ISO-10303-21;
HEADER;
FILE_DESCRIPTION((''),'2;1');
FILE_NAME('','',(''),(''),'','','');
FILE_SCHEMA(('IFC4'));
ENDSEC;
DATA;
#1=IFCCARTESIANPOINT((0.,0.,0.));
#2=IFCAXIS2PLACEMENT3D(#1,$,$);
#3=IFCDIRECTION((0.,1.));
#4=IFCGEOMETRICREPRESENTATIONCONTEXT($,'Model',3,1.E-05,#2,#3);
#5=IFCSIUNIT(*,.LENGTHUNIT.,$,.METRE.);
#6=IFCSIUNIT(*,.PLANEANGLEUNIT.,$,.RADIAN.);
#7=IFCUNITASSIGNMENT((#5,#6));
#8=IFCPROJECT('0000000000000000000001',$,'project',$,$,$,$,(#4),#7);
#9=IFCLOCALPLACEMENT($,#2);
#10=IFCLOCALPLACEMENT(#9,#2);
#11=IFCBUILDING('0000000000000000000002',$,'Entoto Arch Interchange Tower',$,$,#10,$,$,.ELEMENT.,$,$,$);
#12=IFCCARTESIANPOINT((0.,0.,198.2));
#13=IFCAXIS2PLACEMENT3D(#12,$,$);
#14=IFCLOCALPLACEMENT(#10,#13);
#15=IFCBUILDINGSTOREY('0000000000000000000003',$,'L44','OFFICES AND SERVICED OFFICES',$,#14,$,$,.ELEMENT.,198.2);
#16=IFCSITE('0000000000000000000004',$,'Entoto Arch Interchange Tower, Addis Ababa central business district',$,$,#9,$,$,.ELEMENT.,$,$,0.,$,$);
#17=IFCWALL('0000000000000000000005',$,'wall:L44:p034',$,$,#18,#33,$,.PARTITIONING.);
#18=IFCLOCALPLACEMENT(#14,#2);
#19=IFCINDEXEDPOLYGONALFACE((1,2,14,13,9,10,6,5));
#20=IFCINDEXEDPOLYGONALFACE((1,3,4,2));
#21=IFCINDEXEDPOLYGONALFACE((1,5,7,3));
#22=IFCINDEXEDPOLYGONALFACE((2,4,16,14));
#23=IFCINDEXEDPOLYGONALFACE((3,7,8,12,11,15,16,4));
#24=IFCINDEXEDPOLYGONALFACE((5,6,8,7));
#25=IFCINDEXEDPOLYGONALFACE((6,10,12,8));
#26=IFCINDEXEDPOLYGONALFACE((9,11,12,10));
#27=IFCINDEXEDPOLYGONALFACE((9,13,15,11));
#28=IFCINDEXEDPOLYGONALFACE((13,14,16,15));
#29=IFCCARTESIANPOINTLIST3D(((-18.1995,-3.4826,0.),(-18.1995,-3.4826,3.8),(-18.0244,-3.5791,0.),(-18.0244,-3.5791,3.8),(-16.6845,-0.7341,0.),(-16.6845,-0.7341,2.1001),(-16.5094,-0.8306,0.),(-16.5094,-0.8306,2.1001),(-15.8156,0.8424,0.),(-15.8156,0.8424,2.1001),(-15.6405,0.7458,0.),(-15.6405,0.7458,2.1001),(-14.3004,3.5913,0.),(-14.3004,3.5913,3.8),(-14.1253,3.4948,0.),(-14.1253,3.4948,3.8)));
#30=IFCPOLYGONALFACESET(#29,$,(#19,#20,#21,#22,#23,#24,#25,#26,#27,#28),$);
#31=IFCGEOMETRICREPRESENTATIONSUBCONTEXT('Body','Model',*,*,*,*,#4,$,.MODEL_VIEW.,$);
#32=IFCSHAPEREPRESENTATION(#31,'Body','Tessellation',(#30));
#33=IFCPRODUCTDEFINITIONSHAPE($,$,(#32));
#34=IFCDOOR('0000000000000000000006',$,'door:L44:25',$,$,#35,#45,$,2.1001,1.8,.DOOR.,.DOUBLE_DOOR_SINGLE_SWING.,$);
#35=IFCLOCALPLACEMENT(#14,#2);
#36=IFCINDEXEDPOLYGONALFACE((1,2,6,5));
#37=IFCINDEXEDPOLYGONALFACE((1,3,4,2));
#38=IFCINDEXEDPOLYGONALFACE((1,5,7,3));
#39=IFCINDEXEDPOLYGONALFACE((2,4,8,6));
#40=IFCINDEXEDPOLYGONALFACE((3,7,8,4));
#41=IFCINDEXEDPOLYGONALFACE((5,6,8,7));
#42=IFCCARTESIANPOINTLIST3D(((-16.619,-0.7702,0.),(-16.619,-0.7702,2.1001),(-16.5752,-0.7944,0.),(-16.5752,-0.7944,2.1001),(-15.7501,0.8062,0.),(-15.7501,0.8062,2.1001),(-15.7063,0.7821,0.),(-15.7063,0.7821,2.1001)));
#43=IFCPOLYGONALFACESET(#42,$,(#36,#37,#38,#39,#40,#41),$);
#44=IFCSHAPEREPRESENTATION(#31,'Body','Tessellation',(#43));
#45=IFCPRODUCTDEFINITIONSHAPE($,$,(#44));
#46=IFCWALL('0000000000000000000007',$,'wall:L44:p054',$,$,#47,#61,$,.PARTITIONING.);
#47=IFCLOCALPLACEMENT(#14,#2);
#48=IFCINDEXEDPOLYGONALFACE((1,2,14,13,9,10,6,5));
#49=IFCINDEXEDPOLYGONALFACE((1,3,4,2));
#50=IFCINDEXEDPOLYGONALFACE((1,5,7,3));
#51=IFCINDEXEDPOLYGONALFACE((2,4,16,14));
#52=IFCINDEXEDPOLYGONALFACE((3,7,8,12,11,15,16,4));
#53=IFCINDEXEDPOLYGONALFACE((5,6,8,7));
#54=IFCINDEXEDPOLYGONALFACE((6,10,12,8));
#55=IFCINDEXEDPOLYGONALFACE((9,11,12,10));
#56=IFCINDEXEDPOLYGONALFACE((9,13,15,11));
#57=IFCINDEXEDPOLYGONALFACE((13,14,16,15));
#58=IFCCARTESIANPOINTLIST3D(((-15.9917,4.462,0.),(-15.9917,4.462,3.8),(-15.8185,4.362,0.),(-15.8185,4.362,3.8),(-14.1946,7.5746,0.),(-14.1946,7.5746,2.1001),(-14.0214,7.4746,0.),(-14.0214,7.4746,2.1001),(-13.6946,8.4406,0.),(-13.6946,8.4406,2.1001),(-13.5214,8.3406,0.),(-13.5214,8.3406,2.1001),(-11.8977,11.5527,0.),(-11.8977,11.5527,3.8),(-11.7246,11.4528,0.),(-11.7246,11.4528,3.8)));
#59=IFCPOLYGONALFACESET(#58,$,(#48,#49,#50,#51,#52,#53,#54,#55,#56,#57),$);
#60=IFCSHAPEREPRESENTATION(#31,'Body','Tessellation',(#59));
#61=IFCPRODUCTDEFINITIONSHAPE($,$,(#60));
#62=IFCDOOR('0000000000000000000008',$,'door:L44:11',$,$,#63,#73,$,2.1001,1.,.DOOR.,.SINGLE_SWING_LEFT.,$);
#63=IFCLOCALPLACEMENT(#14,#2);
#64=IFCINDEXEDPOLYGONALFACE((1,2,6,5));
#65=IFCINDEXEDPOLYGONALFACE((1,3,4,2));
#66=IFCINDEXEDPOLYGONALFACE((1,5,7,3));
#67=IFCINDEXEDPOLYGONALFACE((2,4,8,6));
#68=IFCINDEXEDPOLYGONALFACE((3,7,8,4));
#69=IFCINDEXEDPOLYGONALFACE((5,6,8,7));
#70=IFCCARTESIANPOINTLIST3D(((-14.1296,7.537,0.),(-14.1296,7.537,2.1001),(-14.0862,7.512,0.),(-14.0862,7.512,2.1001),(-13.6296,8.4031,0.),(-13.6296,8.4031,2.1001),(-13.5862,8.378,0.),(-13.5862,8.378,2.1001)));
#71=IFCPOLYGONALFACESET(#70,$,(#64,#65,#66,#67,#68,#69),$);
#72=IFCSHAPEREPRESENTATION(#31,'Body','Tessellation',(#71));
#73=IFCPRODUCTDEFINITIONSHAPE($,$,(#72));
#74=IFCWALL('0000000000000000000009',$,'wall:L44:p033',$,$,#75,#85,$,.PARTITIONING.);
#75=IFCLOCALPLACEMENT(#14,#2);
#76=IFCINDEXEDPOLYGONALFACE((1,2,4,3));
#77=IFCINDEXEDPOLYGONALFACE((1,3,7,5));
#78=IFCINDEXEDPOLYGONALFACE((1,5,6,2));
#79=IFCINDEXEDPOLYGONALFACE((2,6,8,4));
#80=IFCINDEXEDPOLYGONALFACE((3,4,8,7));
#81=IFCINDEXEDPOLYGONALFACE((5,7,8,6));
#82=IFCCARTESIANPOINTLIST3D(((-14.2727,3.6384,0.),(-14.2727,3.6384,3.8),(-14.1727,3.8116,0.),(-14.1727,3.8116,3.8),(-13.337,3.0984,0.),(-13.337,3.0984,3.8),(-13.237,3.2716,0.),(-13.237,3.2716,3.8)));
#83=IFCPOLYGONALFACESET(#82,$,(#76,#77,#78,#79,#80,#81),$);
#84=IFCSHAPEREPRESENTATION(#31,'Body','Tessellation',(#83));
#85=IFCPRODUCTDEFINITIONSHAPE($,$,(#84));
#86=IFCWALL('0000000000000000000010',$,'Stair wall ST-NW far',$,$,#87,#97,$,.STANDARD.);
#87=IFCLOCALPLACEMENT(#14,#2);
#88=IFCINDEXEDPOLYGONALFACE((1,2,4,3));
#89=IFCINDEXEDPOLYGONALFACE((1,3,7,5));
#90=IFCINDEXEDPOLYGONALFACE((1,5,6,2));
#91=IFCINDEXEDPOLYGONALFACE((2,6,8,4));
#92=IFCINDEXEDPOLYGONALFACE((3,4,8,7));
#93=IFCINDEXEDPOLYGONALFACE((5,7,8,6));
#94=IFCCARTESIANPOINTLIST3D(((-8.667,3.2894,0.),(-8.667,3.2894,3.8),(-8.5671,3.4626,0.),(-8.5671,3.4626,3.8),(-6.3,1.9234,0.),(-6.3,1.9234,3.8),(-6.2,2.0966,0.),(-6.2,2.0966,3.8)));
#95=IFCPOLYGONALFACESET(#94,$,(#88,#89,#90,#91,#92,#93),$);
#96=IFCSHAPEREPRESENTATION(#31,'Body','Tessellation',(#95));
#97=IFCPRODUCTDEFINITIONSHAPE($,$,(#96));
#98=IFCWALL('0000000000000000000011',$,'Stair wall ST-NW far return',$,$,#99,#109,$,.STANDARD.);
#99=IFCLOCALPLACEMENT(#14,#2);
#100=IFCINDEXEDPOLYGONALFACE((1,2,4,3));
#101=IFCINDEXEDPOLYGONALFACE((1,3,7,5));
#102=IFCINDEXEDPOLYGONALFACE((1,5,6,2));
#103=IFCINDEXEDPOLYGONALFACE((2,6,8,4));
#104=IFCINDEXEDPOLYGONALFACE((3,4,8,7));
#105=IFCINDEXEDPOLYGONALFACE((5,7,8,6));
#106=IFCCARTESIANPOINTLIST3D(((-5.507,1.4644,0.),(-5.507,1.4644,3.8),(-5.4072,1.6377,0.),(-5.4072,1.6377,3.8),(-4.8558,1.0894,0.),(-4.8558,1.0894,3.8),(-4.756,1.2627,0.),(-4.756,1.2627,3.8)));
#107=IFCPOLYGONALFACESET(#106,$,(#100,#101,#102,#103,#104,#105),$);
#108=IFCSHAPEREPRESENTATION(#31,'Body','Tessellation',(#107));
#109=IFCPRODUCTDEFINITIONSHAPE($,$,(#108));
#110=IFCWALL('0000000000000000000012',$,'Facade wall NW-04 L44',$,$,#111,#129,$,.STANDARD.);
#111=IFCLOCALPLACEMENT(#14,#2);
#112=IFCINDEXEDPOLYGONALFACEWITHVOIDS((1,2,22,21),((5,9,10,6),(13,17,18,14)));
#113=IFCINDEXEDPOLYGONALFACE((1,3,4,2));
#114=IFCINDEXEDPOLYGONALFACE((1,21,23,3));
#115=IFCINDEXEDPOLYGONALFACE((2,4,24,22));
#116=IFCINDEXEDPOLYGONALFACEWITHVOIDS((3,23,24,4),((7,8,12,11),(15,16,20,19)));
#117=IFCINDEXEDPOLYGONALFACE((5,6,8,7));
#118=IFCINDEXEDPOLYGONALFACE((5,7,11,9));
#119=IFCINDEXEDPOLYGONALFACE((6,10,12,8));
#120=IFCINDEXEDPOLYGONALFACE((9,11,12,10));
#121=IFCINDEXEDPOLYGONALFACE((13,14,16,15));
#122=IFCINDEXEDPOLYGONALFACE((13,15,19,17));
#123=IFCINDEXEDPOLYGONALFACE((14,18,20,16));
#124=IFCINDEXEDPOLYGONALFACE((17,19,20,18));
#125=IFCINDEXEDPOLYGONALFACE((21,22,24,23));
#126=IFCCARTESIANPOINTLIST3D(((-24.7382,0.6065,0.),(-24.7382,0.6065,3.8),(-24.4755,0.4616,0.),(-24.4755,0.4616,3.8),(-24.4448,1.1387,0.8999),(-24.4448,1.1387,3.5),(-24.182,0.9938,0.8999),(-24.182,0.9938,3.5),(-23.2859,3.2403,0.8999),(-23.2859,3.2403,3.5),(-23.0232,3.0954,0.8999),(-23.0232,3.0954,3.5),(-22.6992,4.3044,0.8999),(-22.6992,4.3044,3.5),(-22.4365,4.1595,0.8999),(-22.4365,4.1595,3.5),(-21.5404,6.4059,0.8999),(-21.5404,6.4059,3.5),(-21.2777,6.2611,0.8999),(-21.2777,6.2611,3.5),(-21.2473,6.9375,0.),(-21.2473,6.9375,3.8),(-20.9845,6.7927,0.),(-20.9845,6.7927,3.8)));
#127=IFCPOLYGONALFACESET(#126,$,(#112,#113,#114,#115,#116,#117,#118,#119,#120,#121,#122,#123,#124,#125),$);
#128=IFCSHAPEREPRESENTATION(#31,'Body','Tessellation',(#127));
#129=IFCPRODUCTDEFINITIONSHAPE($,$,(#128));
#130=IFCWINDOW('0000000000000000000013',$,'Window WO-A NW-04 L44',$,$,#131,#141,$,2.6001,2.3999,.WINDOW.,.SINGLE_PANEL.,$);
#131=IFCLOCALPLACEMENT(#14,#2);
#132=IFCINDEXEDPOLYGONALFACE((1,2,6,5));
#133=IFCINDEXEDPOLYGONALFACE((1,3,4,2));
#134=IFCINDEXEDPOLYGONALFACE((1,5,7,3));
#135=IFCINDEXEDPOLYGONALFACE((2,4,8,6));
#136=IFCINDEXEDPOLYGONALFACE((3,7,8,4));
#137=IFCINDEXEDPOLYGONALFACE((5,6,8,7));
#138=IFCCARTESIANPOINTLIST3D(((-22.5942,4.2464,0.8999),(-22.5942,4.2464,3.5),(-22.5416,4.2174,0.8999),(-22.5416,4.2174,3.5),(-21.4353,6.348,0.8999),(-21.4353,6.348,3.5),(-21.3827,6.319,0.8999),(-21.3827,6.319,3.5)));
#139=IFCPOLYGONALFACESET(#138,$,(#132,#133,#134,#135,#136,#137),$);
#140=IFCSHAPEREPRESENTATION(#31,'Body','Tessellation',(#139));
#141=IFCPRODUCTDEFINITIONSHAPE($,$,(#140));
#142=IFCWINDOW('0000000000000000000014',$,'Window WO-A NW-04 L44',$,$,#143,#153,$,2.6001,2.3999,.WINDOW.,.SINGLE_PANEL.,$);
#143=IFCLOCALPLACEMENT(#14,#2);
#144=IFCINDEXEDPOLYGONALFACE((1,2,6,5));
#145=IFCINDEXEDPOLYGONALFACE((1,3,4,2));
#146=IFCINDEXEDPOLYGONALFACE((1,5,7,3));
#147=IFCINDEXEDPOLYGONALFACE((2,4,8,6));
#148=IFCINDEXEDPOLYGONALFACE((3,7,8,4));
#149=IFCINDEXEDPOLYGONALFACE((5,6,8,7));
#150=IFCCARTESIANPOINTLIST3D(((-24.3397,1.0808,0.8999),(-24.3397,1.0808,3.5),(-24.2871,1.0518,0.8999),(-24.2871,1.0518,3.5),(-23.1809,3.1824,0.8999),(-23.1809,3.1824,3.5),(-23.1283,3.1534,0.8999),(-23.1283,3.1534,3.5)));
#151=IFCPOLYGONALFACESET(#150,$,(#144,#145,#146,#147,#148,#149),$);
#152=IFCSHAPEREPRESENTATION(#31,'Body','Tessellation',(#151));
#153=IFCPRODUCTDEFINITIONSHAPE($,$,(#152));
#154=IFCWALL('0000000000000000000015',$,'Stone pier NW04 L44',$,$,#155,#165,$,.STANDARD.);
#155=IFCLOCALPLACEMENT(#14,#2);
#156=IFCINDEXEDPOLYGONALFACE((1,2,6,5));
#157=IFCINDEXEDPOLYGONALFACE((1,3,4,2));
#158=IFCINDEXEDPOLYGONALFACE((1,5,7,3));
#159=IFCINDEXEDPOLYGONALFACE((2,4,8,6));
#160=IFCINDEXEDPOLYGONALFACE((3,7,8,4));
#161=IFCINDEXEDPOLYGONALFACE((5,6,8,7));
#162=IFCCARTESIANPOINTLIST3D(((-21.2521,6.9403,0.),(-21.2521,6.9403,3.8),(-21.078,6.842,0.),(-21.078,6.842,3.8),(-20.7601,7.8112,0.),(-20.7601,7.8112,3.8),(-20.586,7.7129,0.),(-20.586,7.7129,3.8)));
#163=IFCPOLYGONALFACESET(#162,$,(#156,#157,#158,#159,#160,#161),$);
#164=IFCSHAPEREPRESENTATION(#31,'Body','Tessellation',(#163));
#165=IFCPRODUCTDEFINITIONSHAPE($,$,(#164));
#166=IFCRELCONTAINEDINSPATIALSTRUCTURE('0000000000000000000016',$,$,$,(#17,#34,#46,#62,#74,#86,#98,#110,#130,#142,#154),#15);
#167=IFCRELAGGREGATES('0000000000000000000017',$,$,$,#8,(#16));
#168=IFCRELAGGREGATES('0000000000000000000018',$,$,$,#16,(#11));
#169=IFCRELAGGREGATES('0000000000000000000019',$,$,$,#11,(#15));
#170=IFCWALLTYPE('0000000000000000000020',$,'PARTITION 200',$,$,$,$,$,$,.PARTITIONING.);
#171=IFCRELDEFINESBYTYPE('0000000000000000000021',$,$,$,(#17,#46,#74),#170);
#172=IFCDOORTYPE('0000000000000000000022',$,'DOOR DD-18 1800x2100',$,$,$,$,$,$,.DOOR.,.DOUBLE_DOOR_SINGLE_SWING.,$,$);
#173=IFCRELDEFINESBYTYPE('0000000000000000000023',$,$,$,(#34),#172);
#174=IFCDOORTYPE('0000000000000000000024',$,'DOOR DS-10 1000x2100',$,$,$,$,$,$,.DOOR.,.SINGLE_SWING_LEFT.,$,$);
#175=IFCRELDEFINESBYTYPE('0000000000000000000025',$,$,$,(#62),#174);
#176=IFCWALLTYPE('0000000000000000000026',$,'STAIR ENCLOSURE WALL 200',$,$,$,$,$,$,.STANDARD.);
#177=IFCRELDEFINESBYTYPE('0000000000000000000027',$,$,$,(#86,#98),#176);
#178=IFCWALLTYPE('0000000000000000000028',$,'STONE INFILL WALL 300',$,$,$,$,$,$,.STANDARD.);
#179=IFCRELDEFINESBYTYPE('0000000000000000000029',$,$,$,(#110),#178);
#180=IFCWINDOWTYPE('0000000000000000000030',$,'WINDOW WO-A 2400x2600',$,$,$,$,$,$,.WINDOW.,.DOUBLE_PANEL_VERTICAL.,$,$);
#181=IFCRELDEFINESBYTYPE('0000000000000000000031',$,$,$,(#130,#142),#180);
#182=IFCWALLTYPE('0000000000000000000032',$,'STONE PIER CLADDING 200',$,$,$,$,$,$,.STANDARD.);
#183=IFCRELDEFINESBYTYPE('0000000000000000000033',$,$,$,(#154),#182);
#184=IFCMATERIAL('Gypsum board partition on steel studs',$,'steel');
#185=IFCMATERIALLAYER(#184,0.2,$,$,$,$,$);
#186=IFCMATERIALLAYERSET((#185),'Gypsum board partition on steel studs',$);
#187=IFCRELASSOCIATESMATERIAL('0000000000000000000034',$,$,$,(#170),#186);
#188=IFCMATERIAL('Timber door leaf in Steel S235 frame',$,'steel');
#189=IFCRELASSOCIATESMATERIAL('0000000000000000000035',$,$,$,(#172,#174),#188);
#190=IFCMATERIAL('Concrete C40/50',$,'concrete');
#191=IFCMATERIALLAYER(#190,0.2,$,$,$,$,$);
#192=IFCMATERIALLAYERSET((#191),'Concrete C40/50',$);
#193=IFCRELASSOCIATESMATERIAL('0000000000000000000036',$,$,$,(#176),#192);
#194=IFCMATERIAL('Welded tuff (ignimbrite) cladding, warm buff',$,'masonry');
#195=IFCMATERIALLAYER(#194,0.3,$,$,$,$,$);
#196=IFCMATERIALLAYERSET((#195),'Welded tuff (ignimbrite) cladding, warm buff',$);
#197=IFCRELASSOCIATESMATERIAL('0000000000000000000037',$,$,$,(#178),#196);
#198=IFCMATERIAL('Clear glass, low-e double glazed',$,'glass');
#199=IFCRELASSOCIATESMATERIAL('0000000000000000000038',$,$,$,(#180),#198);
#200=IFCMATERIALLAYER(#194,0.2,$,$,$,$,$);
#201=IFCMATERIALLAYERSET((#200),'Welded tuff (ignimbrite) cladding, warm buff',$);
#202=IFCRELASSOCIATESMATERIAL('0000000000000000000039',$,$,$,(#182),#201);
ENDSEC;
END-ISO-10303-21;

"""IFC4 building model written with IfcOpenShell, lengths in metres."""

from ifc_helpers import new_model, si_unit, direction, frame, frame_2d, origin, place, context, subcontext, project, spatial, rectangle, extrude, material, layer, layer_set, type_object, element, fill, save


model = new_model("IFC4")

# Units and contexts
model_context = context("Model", 3, precision=1e-05, world=origin(), true_north=direction((0.0, 1.0)))
body_context = subcontext(model_context, "Body", "Model", "MODEL_VIEW")
ifc_project = project(units=[si_unit("LENGTHUNIT", "METRE"), si_unit("PLANEANGLEUNIT", "RADIAN")], contexts=[model_context])

# Site, building, storey
site_placement = place(None, origin())
site = spatial("IfcSite", under=ifc_project, at=site_placement, Name="Entoto Arch Interchange Tower, Addis Ababa central business district", CompositionType="ELEMENT", RefElevation=0.0)
building_placement = place(site_placement, origin())
building = spatial("IfcBuilding", under=site, at=building_placement, Name="Entoto Arch Interchange Tower", CompositionType="ELEMENT")
storey_placement = place(building_placement, frame((0.0, 0.0, 198.2)))
storey = spatial("IfcBuildingStorey", under=building, at=storey_placement, Name="L44", Description="OFFICES AND SERVICED OFFICES", CompositionType="ELEMENT", Elevation=198.2)

# Shared definitions
ifc_material_1 = material(Name="Concrete C40/50", Category="concrete")

# Shared definitions
ifc_material_2 = material(Name="Gypsum board partition on steel studs", Category="steel")
ifc_layer_1 = layer(ifc_material_2, 0.2)
ifc_layer_set_1 = layer_set([ifc_layer_1], Name="Gypsum board partition on steel studs")
wall_type_1 = type_object("IfcWallType", Name="PARTITION 200", PredefinedType="PARTITIONING", material=ifc_layer_set_1)

# Walls, openings, doors
wall_1_placement = place(storey_placement, frame((-14.2129, 3.543, 0.0), z_axis=(0.0, 0.0, 1.0), x_axis=(-0.482725, -0.875772, 0.0)))
wall_1 = element("IfcWall", 1, at=wall_1_placement, inside=storey, type_object=wall_type_1, Name="wall:L44:p034", PredefinedType="PARTITIONING", context=body_context, shape_type="SweptSolid", body=[
    extrude(rectangle(XDim=8.0774, YDim=0.2, at=frame_2d((4.0386, 0.0))), origin(), (0.0, 0.0, 1.0), 3.8),
])
opening_1_placement = place(wall_1_placement, frame((3.1389, 0.0, 0.0)))
opening_1 = element("IfcOpeningElement", 2, at=opening_1_placement, cuts=wall_1, PredefinedType="OPENING", context=body_context, shape_type="SweptSolid", body=[
    extrude(rectangle(XDim=1.8, YDim=2.1001, at=frame_2d((0.8999, 1.05))), frame((0.0, 0.1099, 0.0), z_axis=(0.0, -1.0, 0.0), x_axis=(1.0, 0.0, 0.0)), (0.0, 0.0, 1.0), 0.22),
])
ifc_material_3 = material(Name="Timber door leaf in Steel S235 frame", Category="steel")
door_type_1 = type_object("IfcDoorType", Name="DOOR DD-18 1800x2100", OperationType="DOUBLE_DOOR_SINGLE_SWING", PredefinedType="DOOR", material=ifc_material_3)
door_1_placement = place(opening_1_placement, origin())
door_1 = element("IfcDoor", 3, at=door_1_placement, inside=storey, type_object=door_type_1, Name="door:L44:25", OperationType="DOUBLE_DOOR_SINGLE_SWING", OverallHeight=2.1001, OverallWidth=1.8, PredefinedType="DOOR", context=body_context, shape_type="SweptSolid", body=[
    extrude(rectangle(XDim=1.8, YDim=2.1001, at=frame_2d((0.8999, 1.05))), frame((0.0, 0.0249, 0.0), z_axis=(0.0, -1.0, 0.0), x_axis=(1.0, 0.0, 0.0)), (0.0, 0.0, 1.0), 0.05),
])
fill(opening_1, door_1)
wall_2_placement = place(storey_placement, frame((-15.905, 4.4121, 0.0), z_axis=(0.0, 0.0, 1.0), x_axis=(0.50001, 0.86602, 0.0)))
wall_2 = element("IfcWall", 4, at=wall_2_placement, inside=storey, type_object=wall_type_1, Name="wall:L44:p054", PredefinedType="PARTITIONING", context=body_context, shape_type="SweptSolid", body=[
    extrude(rectangle(XDim=8.1877, YDim=0.2, at=frame_2d((4.0938, 0.0))), origin(), (0.0, 0.0, 1.0), 3.8),
])
opening_2_placement = place(wall_2_placement, frame((3.594, 0.0, 0.0)))
opening_2 = element("IfcOpeningElement", 5, at=opening_2_placement, cuts=wall_2, PredefinedType="OPENING", context=body_context, shape_type="SweptSolid", body=[
    extrude(rectangle(XDim=1.0, YDim=2.1001, at=frame_2d((0.5, 1.05))), frame((0.0, 0.1099, 0.0), z_axis=(0.0, -1.0, 0.0), x_axis=(1.0, 0.0, 0.0)), (0.0, 0.0, 1.0), 0.22),
])
door_type_2 = type_object("IfcDoorType", Name="DOOR DS-10 1000x2100", OperationType="SINGLE_SWING_LEFT", PredefinedType="DOOR", material=ifc_material_3)
door_2_placement = place(opening_2_placement, origin())
door_2 = element("IfcDoor", 6, at=door_2_placement, inside=storey, type_object=door_type_2, Name="door:L44:11", OperationType="SINGLE_SWING_LEFT", OverallHeight=2.1001, OverallWidth=1.0, PredefinedType="DOOR", context=body_context, shape_type="SweptSolid", body=[
    extrude(rectangle(XDim=1.0, YDim=2.1001, at=frame_2d((0.5, 1.05))), frame((0.0, 0.0249, 0.0), z_axis=(0.0, -1.0, 0.0), x_axis=(1.0, 0.0, 0.0)), (0.0, 0.0, 1.0), 0.05),
])
fill(opening_2, door_2)

# Walls
wall_3_placement = place(storey_placement, frame((-13.2871, 3.1851, 0.0), z_axis=(0.0, 0.0, 1.0), x_axis=(-0.866122, 0.499833, 0.0)))
element("IfcWall", 7, at=wall_3_placement, inside=storey, type_object=wall_type_1, Name="wall:L44:p033", PredefinedType="PARTITIONING", context=body_context, shape_type="SweptSolid", body=[
    extrude(rectangle(XDim=1.0803, YDim=0.2, at=frame_2d((0.54, 0.0))), origin(), (0.0, 0.0, 1.0), 3.8),
])
ifc_layer_2 = layer(ifc_material_1, 0.2)
ifc_layer_set_2 = layer_set([ifc_layer_2], Name="Concrete C40/50")
wall_type_2 = type_object("IfcWallType", Name="STAIR ENCLOSURE WALL 200", PredefinedType="STANDARD", material=ifc_layer_set_2)
wall_4_placement = place(storey_placement, frame((-6.25, 2.01, 0.0), z_axis=(0.0, 0.0, 1.0), x_axis=(-0.866119, 0.499838, 0.0)))
element("IfcWall", 8, at=wall_4_placement, inside=storey, type_object=wall_type_2, Name="Stair wall ST-NW far", PredefinedType="STANDARD", context=body_context, shape_type="SweptSolid", body=[
    extrude(rectangle(XDim=2.7329, YDim=0.2, at=frame_2d((1.3665, 0.0))), origin(), (0.0, 0.0, 1.0), 3.8),
])
wall_5_placement = place(storey_placement, frame((-4.8059, 1.176, 0.0), z_axis=(0.0, 0.0, 1.0), x_axis=(-0.866559, 0.499075, 0.0)))
element("IfcWall", 9, at=wall_5_placement, inside=storey, type_object=wall_type_2, Name="Stair wall ST-NW far return", PredefinedType="STANDARD", context=body_context, shape_type="SweptSolid", body=[
    extrude(rectangle(XDim=0.7515, YDim=0.2, at=frame_2d((0.3757, 0.0))), origin(), (0.0, 0.0, 1.0), 3.8),
])

# Wall, openings, windows
ifc_material_4 = material(Name="Welded tuff (ignimbrite) cladding, warm buff", Category="masonry")
ifc_layer_3 = layer(ifc_material_4, 0.3)
ifc_layer_set_3 = layer_set([ifc_layer_3], Name="Welded tuff (ignimbrite) cladding, warm buff")
wall_type_3 = type_object("IfcWallType", Name="STONE INFILL WALL 300", PredefinedType="STANDARD", material=ifc_layer_set_3)
wall_6_placement = place(storey_placement, frame((-21.116, 6.865, 0.0), z_axis=(0.0, 0.0, 1.0), x_axis=(-0.482862, -0.875696, 0.0)))
wall_6 = element("IfcWall", 10, at=wall_6_placement, inside=storey, type_object=wall_type_3, Name="Facade wall NW-04 L44", PredefinedType="STANDARD", context=body_context, shape_type="SweptSolid", body=[
    extrude(rectangle(XDim=7.2297, YDim=0.3, at=frame_2d((3.6147, 0.0))), origin(), (0.0, 0.0, 1.0), 3.8),
])
opening_3_placement = place(wall_6_placement, frame((0.6069, 0.0, 0.8999)))
opening_3 = element("IfcOpeningElement", 11, at=opening_3_placement, cuts=wall_6, PredefinedType="OPENING", context=body_context, shape_type="SweptSolid", body=[
    extrude(rectangle(XDim=2.3999, YDim=2.6001, at=frame_2d((1.2, 1.3))), frame((0.0, 0.1602, 0.0), z_axis=(0.0, -1.0, 0.0), x_axis=(1.0, 0.0, 0.0)), (0.0, 0.0, 1.0), 0.3201),
])
opening_4_placement = place(wall_6_placement, frame((4.2219, 0.0, 0.8999)))
opening_4 = element("IfcOpeningElement", 12, at=opening_4_placement, cuts=wall_6, PredefinedType="OPENING", context=body_context, shape_type="SweptSolid", body=[
    extrude(rectangle(XDim=2.3999, YDim=2.6001, at=frame_2d((1.2, 1.3))), frame((0.0, 0.1602, 0.0), z_axis=(0.0, -1.0, 0.0), x_axis=(1.0, 0.0, 0.0)), (0.0, 0.0, 1.0), 0.3201),
])
ifc_material_5 = material(Name="Clear glass, low-e double glazed", Category="glass")
window_type = type_object("IfcWindowType", Name="WINDOW WO-A 2400x2600", PartitioningType="DOUBLE_PANEL_VERTICAL", PredefinedType="WINDOW", material=ifc_material_5)
window_1_placement = place(opening_3_placement, origin())
window_1 = element("IfcWindow", 13, at=window_1_placement, inside=storey, type_object=window_type, Name="Window WO-A NW-04 L44", OverallHeight=2.6001, OverallWidth=2.3999, PartitioningType="SINGLE_PANEL", PredefinedType="WINDOW", context=body_context, shape_type="SweptSolid", body=[
    extrude(rectangle(XDim=2.3999, YDim=2.6001, at=frame_2d((1.2, 1.3))), frame((0.0, 0.03, 0.0), z_axis=(0.0, -1.0, 0.0), x_axis=(1.0, 0.0, 0.0)), (0.0, 0.0, 1.0), 0.0601),
])
fill(opening_3, window_1)
window_2_placement = place(opening_4_placement, origin())
window_2 = element("IfcWindow", 14, at=window_2_placement, inside=storey, type_object=window_type, Name="Window WO-A NW-04 L44", OverallHeight=2.6001, OverallWidth=2.3999, PartitioningType="SINGLE_PANEL", PredefinedType="WINDOW", context=body_context, shape_type="SweptSolid", body=[
    extrude(rectangle(XDim=2.3999, YDim=2.6001, at=frame_2d((1.2, 1.3))), frame((0.0, 0.03, 0.0), z_axis=(0.0, -1.0, 0.0), x_axis=(1.0, 0.0, 0.0)), (0.0, 0.0, 1.0), 0.0601),
])
fill(opening_4, window_2)

# Wall
ifc_layer_4 = layer(ifc_material_4, 0.2)
ifc_layer_set_4 = layer_set([ifc_layer_4], Name="Welded tuff (ignimbrite) cladding, warm buff")
wall_type_4 = type_object("IfcWallType", Name="STONE PIER CLADDING 200", PredefinedType="STANDARD", material=ifc_layer_set_4)
wall_7_placement = place(storey_placement, frame((-20.6731, 7.762, 0.0), z_axis=(0.0, 0.0, 1.0), x_axis=(-0.491848, -0.870681, 0.0)))
element("IfcWall", 15, at=wall_7_placement, inside=storey, type_object=wall_type_4, Name="Stone pier NW04 L44", PredefinedType="STANDARD", context=body_context, shape_type="SweptSolid", body=[
    extrude(rectangle(XDim=1.0002, YDim=0.2, at=frame_2d((0.5, 0.0))), origin(), (0.0, 0.0, 1.0), 3.8),
])

save(model, "model.ifc")
